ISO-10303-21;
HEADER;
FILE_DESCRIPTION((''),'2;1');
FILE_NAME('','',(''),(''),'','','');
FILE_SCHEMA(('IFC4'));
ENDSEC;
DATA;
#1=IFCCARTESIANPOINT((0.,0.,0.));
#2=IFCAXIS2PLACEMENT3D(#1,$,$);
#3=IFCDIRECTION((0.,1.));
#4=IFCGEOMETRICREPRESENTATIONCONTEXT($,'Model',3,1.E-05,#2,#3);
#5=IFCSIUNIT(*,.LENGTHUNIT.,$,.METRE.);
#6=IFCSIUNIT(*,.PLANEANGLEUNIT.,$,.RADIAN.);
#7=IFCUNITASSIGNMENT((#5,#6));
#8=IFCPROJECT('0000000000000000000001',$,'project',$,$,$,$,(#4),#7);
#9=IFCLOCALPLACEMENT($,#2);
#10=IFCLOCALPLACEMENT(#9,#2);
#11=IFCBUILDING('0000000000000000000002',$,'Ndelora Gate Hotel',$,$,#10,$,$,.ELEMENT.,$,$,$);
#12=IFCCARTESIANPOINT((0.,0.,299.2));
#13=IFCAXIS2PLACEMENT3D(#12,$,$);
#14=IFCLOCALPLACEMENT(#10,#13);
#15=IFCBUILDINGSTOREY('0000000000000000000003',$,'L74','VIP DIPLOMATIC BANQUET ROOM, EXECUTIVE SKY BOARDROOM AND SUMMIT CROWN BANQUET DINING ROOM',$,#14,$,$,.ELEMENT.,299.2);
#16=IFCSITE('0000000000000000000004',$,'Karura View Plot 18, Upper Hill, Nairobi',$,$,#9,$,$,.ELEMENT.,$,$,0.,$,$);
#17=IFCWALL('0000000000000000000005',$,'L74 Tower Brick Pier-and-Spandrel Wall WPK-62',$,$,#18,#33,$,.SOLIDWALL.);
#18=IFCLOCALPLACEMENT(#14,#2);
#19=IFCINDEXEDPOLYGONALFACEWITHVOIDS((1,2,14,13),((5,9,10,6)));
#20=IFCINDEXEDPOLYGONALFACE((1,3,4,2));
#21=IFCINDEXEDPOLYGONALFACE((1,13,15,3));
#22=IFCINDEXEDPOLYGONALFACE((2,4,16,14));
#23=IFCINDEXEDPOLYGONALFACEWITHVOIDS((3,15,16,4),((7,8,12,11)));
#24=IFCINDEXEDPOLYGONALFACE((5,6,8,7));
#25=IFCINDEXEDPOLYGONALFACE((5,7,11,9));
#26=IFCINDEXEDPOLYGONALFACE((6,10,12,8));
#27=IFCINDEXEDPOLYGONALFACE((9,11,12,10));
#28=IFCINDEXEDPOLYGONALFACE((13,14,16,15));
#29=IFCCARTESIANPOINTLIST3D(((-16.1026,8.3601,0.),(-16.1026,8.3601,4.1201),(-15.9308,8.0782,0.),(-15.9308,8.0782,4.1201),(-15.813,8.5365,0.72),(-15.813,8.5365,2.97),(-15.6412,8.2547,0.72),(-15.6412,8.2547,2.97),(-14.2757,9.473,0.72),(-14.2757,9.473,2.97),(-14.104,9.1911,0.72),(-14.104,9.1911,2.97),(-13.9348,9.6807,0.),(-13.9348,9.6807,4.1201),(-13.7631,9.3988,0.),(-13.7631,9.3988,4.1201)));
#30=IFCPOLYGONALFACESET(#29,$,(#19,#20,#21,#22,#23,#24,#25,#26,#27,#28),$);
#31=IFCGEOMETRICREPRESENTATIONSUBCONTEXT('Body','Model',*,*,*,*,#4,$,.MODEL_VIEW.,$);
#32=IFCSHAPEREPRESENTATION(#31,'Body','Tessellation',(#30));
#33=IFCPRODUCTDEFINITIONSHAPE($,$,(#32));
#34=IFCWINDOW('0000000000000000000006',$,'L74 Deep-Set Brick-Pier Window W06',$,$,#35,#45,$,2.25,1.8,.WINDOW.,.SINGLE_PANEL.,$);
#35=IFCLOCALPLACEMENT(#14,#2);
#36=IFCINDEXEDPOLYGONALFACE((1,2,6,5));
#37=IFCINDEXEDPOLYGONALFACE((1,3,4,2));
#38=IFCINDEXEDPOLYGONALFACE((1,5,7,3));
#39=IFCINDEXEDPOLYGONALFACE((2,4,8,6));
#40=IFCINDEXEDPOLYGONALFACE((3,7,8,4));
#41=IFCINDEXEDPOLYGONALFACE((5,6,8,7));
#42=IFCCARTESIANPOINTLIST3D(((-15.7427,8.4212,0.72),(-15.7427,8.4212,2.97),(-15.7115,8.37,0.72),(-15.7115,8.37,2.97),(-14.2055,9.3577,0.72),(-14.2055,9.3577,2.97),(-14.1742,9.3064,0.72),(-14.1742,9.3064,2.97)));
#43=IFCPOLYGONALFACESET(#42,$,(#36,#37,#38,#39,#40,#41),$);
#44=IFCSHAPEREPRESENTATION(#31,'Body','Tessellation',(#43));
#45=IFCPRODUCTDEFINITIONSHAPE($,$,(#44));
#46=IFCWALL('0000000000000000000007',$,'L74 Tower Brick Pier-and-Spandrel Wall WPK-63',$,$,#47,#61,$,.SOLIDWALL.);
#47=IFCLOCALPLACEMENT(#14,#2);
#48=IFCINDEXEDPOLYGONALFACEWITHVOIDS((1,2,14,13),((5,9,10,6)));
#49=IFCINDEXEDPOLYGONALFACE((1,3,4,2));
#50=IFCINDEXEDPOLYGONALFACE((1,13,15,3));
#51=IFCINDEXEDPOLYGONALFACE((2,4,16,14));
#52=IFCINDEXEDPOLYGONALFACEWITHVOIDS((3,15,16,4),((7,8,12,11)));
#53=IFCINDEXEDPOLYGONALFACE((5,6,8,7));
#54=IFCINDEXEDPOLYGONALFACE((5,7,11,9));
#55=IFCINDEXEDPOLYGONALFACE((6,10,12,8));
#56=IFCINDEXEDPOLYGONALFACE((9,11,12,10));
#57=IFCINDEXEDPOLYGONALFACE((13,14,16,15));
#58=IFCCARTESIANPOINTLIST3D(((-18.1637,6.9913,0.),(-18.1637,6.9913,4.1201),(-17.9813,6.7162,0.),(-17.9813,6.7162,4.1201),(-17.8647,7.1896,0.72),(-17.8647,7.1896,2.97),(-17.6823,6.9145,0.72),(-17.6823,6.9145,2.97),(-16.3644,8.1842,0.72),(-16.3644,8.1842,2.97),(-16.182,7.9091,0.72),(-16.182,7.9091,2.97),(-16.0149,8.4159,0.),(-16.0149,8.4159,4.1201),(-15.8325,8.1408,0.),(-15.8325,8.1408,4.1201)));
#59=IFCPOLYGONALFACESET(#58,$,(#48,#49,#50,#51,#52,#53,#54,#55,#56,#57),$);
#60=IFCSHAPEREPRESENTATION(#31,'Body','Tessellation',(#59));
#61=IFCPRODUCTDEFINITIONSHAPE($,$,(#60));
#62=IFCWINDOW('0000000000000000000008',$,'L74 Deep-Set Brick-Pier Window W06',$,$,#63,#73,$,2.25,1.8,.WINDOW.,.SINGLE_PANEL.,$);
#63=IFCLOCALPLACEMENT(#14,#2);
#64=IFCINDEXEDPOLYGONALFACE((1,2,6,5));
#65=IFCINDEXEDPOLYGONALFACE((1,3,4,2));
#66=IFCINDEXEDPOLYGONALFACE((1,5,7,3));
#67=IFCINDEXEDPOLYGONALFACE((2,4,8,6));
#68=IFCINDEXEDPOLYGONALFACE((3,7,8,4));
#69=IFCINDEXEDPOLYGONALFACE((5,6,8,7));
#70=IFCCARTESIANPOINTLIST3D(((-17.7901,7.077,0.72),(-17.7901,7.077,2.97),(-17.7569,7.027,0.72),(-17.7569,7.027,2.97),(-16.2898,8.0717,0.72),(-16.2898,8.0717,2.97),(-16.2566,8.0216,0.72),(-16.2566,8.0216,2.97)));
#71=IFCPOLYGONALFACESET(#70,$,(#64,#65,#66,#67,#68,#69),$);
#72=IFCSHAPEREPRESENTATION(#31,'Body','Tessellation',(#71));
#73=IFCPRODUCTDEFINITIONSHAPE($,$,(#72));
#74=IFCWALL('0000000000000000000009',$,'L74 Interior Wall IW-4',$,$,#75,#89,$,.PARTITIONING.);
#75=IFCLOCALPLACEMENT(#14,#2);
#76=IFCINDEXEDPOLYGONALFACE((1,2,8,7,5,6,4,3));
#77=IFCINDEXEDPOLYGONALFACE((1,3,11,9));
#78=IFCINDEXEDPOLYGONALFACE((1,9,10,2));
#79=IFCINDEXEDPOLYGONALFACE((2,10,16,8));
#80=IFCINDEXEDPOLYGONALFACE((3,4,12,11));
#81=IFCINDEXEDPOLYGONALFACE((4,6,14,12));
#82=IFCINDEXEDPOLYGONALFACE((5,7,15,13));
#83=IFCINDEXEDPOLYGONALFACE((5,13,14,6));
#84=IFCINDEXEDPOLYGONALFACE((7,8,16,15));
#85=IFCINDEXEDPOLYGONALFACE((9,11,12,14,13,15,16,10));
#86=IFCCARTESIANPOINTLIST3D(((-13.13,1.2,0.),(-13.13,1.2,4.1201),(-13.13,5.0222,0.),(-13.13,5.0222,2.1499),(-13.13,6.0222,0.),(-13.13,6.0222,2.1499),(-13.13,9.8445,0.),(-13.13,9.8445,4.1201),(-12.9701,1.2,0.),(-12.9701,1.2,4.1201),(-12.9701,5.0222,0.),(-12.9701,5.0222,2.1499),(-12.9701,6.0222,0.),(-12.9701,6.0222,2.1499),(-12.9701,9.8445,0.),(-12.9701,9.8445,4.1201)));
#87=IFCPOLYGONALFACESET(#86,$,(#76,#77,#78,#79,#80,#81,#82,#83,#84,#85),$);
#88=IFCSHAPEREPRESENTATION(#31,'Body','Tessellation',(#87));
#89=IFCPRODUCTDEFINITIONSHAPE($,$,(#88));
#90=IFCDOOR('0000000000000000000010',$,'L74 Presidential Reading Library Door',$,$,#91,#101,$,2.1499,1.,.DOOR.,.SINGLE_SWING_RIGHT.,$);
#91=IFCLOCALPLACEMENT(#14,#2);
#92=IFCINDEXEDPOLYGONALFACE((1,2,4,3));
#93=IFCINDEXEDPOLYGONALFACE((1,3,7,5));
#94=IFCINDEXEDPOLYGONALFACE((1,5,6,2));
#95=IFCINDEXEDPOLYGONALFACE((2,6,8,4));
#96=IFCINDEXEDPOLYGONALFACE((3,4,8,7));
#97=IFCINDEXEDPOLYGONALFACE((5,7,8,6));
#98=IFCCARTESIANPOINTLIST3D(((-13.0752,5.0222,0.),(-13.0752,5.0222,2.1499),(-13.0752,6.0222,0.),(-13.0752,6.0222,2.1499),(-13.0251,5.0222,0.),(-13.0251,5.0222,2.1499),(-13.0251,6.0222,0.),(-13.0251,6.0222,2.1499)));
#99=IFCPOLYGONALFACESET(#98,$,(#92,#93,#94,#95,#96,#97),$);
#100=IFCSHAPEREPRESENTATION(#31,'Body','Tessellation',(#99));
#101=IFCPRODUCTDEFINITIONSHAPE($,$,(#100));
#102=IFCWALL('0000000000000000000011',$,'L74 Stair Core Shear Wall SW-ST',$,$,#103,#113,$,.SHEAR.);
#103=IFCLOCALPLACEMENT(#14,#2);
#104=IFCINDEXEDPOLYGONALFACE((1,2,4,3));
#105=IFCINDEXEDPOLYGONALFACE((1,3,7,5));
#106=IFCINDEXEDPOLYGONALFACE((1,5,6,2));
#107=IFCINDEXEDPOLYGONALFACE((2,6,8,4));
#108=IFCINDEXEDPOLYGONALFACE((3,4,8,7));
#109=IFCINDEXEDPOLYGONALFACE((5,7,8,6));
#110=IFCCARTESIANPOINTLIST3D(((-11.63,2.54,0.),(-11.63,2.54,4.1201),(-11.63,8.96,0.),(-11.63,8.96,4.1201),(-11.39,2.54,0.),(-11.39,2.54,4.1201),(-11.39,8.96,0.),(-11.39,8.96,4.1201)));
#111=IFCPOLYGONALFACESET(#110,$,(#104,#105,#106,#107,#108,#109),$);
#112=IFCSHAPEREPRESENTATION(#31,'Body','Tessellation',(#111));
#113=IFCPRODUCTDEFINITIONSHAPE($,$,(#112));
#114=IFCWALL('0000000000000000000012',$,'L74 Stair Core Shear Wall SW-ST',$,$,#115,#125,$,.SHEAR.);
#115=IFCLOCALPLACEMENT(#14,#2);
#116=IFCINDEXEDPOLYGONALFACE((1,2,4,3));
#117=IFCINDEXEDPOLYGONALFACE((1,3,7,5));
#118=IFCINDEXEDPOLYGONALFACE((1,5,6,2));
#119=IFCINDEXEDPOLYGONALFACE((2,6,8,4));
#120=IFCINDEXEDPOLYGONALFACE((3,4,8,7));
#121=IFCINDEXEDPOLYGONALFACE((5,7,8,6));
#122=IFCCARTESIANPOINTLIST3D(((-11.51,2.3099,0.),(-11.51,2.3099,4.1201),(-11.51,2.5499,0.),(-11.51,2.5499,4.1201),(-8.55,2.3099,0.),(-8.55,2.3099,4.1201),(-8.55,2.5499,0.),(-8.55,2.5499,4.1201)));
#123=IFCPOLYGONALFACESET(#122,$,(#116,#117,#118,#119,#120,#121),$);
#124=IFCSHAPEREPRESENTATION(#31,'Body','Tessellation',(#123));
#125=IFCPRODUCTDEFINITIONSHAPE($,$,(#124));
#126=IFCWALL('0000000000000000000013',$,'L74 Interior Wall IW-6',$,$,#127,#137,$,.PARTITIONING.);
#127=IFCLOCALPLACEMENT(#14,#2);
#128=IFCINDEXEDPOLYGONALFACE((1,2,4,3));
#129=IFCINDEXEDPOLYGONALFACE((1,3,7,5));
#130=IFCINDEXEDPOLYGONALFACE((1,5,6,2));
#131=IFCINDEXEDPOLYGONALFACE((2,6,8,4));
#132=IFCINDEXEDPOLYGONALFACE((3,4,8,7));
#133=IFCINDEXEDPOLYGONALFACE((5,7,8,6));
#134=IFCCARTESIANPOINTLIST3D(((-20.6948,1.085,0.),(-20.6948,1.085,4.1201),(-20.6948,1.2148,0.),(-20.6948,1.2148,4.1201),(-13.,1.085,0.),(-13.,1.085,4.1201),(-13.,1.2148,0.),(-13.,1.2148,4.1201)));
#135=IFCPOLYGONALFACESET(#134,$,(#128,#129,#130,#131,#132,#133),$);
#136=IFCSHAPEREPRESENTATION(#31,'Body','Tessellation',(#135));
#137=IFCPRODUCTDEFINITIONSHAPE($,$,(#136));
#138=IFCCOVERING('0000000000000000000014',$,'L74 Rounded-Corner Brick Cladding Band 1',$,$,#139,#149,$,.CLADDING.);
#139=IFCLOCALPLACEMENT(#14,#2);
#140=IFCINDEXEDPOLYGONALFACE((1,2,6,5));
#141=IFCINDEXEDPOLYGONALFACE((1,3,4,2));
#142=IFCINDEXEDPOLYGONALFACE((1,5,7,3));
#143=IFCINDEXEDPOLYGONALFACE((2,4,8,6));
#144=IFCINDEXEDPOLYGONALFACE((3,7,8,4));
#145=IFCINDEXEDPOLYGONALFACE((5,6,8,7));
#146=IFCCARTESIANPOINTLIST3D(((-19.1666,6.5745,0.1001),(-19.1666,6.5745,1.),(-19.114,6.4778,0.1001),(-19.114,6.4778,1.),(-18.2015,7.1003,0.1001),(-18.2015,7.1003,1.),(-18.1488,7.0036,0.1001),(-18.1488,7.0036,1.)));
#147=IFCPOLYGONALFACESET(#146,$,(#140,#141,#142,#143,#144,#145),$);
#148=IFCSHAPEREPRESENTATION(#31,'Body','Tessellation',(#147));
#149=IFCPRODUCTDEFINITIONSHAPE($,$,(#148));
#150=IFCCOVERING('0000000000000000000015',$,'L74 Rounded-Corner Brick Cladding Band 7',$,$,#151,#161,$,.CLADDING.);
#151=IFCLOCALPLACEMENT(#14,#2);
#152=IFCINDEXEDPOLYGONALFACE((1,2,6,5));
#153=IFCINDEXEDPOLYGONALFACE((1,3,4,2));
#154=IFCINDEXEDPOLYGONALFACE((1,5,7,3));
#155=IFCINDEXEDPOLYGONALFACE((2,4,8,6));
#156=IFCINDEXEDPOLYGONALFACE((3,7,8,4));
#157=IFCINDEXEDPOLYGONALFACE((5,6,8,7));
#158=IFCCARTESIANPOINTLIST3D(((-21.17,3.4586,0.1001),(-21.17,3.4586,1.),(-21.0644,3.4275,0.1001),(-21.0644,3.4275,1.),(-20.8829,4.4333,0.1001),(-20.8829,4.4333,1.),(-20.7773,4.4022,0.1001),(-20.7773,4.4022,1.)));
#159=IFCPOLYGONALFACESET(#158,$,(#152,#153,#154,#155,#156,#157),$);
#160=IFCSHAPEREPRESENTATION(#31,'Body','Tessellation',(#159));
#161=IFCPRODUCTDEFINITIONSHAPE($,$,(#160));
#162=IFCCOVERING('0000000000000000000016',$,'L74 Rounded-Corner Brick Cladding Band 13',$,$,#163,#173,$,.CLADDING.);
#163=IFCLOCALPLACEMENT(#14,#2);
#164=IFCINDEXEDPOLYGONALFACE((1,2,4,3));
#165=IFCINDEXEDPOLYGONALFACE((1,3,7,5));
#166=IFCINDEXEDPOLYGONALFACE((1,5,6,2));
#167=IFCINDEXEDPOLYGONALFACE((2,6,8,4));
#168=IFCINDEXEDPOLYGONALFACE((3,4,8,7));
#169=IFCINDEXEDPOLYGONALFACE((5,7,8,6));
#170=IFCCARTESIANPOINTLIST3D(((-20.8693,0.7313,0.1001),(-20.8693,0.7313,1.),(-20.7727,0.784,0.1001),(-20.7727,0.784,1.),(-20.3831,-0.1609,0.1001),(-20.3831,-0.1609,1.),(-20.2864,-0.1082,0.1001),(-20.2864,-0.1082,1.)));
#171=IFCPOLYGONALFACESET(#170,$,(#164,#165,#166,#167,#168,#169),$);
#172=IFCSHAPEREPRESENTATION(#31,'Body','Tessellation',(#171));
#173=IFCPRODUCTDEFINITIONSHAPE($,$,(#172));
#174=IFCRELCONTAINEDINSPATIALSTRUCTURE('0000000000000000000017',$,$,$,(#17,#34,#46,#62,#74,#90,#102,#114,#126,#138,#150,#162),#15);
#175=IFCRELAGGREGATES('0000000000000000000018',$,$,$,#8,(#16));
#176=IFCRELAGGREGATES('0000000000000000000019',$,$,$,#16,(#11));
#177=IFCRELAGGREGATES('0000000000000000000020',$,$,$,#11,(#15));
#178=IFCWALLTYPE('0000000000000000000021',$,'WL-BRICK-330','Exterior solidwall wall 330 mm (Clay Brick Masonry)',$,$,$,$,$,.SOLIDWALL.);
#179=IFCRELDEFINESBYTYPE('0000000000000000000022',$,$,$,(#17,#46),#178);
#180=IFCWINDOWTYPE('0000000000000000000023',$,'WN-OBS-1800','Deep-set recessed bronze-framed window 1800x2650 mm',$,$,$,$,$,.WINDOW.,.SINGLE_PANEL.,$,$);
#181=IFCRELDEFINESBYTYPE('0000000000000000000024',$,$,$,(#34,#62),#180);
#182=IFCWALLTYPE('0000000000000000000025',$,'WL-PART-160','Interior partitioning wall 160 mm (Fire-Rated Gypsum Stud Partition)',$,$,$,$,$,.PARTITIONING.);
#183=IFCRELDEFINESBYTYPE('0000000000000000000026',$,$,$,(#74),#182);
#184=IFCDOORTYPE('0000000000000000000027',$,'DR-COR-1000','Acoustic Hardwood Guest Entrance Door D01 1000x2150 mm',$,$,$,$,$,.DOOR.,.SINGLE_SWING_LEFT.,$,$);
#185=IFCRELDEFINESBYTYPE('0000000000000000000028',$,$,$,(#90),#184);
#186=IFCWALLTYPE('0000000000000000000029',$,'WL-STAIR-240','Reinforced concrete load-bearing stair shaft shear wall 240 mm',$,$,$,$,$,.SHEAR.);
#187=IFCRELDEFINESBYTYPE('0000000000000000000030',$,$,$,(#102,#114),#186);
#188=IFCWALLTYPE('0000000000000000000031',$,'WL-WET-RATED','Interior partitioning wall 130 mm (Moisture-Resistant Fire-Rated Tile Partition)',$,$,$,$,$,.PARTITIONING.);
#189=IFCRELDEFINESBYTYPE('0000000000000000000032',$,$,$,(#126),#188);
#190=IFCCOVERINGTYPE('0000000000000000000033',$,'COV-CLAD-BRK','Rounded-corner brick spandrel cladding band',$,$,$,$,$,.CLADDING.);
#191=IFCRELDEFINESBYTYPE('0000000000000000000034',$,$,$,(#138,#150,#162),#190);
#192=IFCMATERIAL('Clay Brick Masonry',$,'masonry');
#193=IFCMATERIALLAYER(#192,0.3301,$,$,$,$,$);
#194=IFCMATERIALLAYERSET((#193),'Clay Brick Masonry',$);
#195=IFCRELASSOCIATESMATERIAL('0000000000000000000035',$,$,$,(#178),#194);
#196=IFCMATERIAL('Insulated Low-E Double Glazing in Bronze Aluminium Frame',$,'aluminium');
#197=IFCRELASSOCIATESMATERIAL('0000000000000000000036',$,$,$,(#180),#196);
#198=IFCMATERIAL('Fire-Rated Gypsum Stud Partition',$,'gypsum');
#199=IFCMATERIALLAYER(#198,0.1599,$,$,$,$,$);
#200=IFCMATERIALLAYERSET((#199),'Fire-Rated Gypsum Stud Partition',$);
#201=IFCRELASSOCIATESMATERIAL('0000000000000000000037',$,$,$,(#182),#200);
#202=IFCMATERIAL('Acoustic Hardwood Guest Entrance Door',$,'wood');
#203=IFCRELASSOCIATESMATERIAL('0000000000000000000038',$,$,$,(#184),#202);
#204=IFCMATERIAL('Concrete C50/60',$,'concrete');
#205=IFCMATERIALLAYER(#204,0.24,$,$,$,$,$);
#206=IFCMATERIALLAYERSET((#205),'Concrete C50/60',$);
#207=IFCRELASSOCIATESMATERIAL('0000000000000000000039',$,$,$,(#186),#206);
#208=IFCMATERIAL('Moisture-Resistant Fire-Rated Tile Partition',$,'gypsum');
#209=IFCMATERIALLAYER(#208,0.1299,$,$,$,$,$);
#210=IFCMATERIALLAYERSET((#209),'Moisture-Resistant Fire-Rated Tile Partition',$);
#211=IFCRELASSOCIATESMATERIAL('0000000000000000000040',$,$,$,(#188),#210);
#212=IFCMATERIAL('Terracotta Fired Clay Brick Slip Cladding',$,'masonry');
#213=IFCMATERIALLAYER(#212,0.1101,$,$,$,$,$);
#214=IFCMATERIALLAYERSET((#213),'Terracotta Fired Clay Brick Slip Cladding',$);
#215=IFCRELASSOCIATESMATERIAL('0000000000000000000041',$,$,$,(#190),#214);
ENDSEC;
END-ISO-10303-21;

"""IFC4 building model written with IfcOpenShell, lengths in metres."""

from ifc_helpers import new_model, si_unit, direction, frame, frame_2d, origin, origin_2d, place, context, subcontext, project, spatial, rectangle, extrude, material, layer, layer_set, type_object, element, fill, save


model = new_model("IFC4")

# Units and contexts
model_context = context("Model", 3, precision=1e-05, world=origin(), true_north=direction((0.0, 1.0)))
body_context = subcontext(model_context, "Body", "Model", "MODEL_VIEW")
ifc_project = project(units=[si_unit("LENGTHUNIT", "METRE"), si_unit("PLANEANGLEUNIT", "RADIAN")], contexts=[model_context])

# Site, building, storey
site_placement = place(None, origin())
site = spatial("IfcSite", under=ifc_project, at=site_placement, Name="Karura View Plot 18, Upper Hill, Nairobi", CompositionType="ELEMENT", RefElevation=0.0)
building_placement = place(site_placement, origin())
building = spatial("IfcBuilding", under=site, at=building_placement, Name="Ndelora Gate Hotel", CompositionType="ELEMENT")
storey_placement = place(building_placement, frame((0.0, 0.0, 299.2)))
storey = spatial("IfcBuildingStorey", under=building, at=storey_placement, Name="L74", Description="VIP DIPLOMATIC BANQUET ROOM, EXECUTIVE SKY BOARDROOM AND SUMMIT CROWN BANQUET DINING ROOM", CompositionType="ELEMENT", Elevation=299.2)

# Shared definitions
ifc_material_1 = material(Name="Concrete C50/60", Category="concrete")

# Shared definitions
ifc_material_2 = material(Name="Clay Brick Masonry", Category="masonry")
ifc_layer_1 = layer(ifc_material_2, 0.3301)
ifc_layer_set_1 = layer_set([ifc_layer_1], Name="Clay Brick Masonry")
wall_type_1 = type_object("IfcWallType", Name="WL-BRICK-330", Description="Exterior solidwall wall 330 mm (Clay Brick Masonry)", PredefinedType="SOLIDWALL", material=ifc_layer_set_1)

# Shared definitions
ifc_material_3 = material(Name="Insulated Low-E Double Glazing in Bronze Aluminium Frame", Category="aluminium")
window_type = type_object("IfcWindowType", Name="WN-OBS-1800", Description="Deep-set recessed bronze-framed window 1800x2650 mm", PartitioningType="SINGLE_PANEL", PredefinedType="WINDOW", material=ifc_material_3)

# Walls, openings, windows
wall_1_placement = place(storey_placement, frame((-16.0166, 8.2192, 0.0), z_axis=(0.0, 0.0, 1.0), x_axis=(0.854011, 0.520255, 0.0)))
wall_1 = element("IfcWall", 1, at=wall_1_placement, inside=storey, type_object=wall_type_1, Name="L74 Tower Brick Pier-and-Spandrel Wall WPK-62", PredefinedType="SOLIDWALL", context=body_context, shape_type="SweptSolid", body=[
    extrude(rectangle(XDim=2.5383, YDim=0.3301, at=frame_2d((1.269, 0.0))), origin(), (0.0, 0.0, 1.0), 4.1201),
])
opening_1_placement = place(wall_1_placement, frame((0.3391, 0.0, 0.72)))
opening_1 = element("IfcOpeningElement", 2, at=opening_1_placement, cuts=wall_1, PredefinedType="OPENING", context=body_context, shape_type="SweptSolid", body=[
    extrude(rectangle(XDim=1.8, YDim=2.25, at=frame_2d((0.8999, 1.125))), frame((0.0, 0.175, 0.0), z_axis=(0.0, -1.0, 0.0), x_axis=(1.0, 0.0, 0.0)), (0.0, 0.0, 1.0), 0.3501),
])
window_1_placement = place(opening_1_placement, origin())
window_1 = element("IfcWindow", 3, at=window_1_placement, inside=storey, type_object=window_type, Name="L74 Deep-Set Brick-Pier Window W06", OverallHeight=2.25, OverallWidth=1.8, PartitioningType="SINGLE_PANEL", PredefinedType="WINDOW", context=body_context, shape_type="SweptSolid", body=[
    extrude(rectangle(XDim=1.8, YDim=2.25, at=frame_2d((0.8999, 1.125))), frame((0.0, 0.03, 0.0), z_axis=(0.0, -1.0, 0.0), x_axis=(1.0, 0.0, 0.0)), (0.0, 0.0, 1.0), 0.0601),
])
fill(opening_1, window_1)
wall_2_placement = place(storey_placement, frame((-18.0725, 6.8538, 0.0), z_axis=(0.0, 0.0, 1.0), x_axis=(0.833461, 0.552579, 0.0)))
wall_2 = element("IfcWall", 4, at=wall_2_placement, inside=storey, type_object=wall_type_1, Name="L74 Tower Brick Pier-and-Spandrel Wall WPK-63", PredefinedType="SOLIDWALL", context=body_context, shape_type="SweptSolid", body=[
    extrude(rectangle(XDim=2.5781, YDim=0.3301, at=frame_2d((1.2891, 0.0))), origin(), (0.0, 0.0, 1.0), 4.1201),
])
opening_2_placement = place(wall_2_placement, frame((0.3589, 0.0, 0.72)))
opening_2 = element("IfcOpeningElement", 5, at=opening_2_placement, cuts=wall_2, PredefinedType="OPENING", context=body_context, shape_type="SweptSolid", body=[
    extrude(rectangle(XDim=1.8, YDim=2.25, at=frame_2d((0.8999, 1.125))), frame((0.0, 0.175, 0.0), z_axis=(0.0, -1.0, 0.0), x_axis=(1.0, 0.0, 0.0)), (0.0, 0.0, 1.0), 0.3501),
])
window_2_placement = place(opening_2_placement, origin())
window_2 = element("IfcWindow", 6, at=window_2_placement, inside=storey, type_object=window_type, Name="L74 Deep-Set Brick-Pier Window W06", OverallHeight=2.25, OverallWidth=1.8, PartitioningType="SINGLE_PANEL", PredefinedType="WINDOW", context=body_context, shape_type="SweptSolid", body=[
    extrude(rectangle(XDim=1.8, YDim=2.25, at=frame_2d((0.8999, 1.125))), frame((0.0, 0.03, 0.0), z_axis=(0.0, -1.0, 0.0), x_axis=(1.0, 0.0, 0.0)), (0.0, 0.0, 1.0), 0.0601),
])
fill(opening_2, window_2)

# Wall, opening, door
ifc_material_4 = material(Name="Fire-Rated Gypsum Stud Partition", Category="gypsum")
ifc_layer_2 = layer(ifc_material_4, 0.1599)
ifc_layer_set_2 = layer_set([ifc_layer_2], Name="Fire-Rated Gypsum Stud Partition")
wall_type_2 = type_object("IfcWallType", Name="WL-PART-160", Description="Interior partitioning wall 160 mm (Fire-Rated Gypsum Stud Partition)", PredefinedType="PARTITIONING", material=ifc_layer_set_2)
wall_3_placement = place(storey_placement, frame((-13.05, 9.8445, 0.0), z_axis=(0.0, 0.0, 1.0), x_axis=(0.0, -1.0, 0.0)))
wall_3 = element("IfcWall", 7, at=wall_3_placement, inside=storey, type_object=wall_type_2, Name="L74 Interior Wall IW-4", PredefinedType="PARTITIONING", context=body_context, shape_type="SweptSolid", body=[
    extrude(rectangle(XDim=8.6445, YDim=0.1599, at=frame_2d((4.3223, 0.0))), origin(), (0.0, 0.0, 1.0), 4.1201),
])
opening_3_placement = place(wall_3_placement, frame((3.8223, 0.0, 0.0)))
opening_3 = element("IfcOpeningElement", 8, at=opening_3_placement, cuts=wall_3, PredefinedType="OPENING", context=body_context, shape_type="SweptSolid", body=[
    extrude(rectangle(XDim=1.0, YDim=2.1499, at=frame_2d((0.5, 1.075))), frame((0.0, 0.0898, 0.0), z_axis=(0.0, -1.0, 0.0), x_axis=(1.0, 0.0, 0.0)), (0.0, 0.0, 1.0), 0.1799),
])
ifc_material_5 = material(Name="Acoustic Hardwood Guest Entrance Door", Category="wood")
door_type = type_object("IfcDoorType", Name="DR-COR-1000", Description="Acoustic Hardwood Guest Entrance Door D01 1000x2150 mm", OperationType="SINGLE_SWING_LEFT", PredefinedType="DOOR", material=ifc_material_5)
door_1_placement = place(opening_3_placement, origin())
door_1 = element("IfcDoor", 9, at=door_1_placement, inside=storey, type_object=door_type, Name="L74 Presidential Reading Library Door", OperationType="SINGLE_SWING_RIGHT", OverallHeight=2.1499, OverallWidth=1.0, PredefinedType="DOOR", context=body_context, shape_type="SweptSolid", body=[
    extrude(rectangle(XDim=1.0, YDim=2.1499, at=frame_2d((0.5, 1.075))), frame((0.0, 0.0249, 0.0), z_axis=(0.0, -1.0, 0.0), x_axis=(1.0, 0.0, 0.0)), (0.0, 0.0, 1.0), 0.05),
])
fill(opening_3, door_1)

# Walls
ifc_layer_3 = layer(ifc_material_1, 0.24)
ifc_layer_set_3 = layer_set([ifc_layer_3], Name="Concrete C50/60")
wall_type_3 = type_object("IfcWallType", Name="WL-STAIR-240", Description="Reinforced concrete load-bearing stair shaft shear wall 240 mm", PredefinedType="SHEAR", material=ifc_layer_set_3)
wall_4_placement = place(storey_placement, frame((-11.51, 2.54, 0.0), z_axis=(0.0, 0.0, 1.0), x_axis=(0.0, 1.0, 0.0)))
element("IfcWall", 10, at=wall_4_placement, inside=storey, type_object=wall_type_3, Name="L74 Stair Core Shear Wall SW-ST", PredefinedType="SHEAR", context=body_context, shape_type="SweptSolid", body=[
    extrude(rectangle(XDim=6.4199, YDim=0.24, at=frame_2d((3.21, 0.0))), origin(), (0.0, 0.0, 1.0), 4.1201),
])
wall_5_placement = place(storey_placement, frame((-11.51, 2.4299, 0.0), z_axis=(0.0, 0.0, 1.0), x_axis=(1.0, 0.0, 0.0)))
element("IfcWall", 11, at=wall_5_placement, inside=storey, type_object=wall_type_3, Name="L74 Stair Core Shear Wall SW-ST", PredefinedType="SHEAR", context=body_context, shape_type="SweptSolid", body=[
    extrude(rectangle(XDim=2.96, YDim=0.24, at=frame_2d((1.48, 0.0))), origin(), (0.0, 0.0, 1.0), 4.1201),
])
ifc_material_6 = material(Name="Moisture-Resistant Fire-Rated Tile Partition", Category="gypsum")
ifc_layer_4 = layer(ifc_material_6, 0.1299)
ifc_layer_set_4 = layer_set([ifc_layer_4], Name="Moisture-Resistant Fire-Rated Tile Partition")
wall_type_4 = type_object("IfcWallType", Name="WL-WET-RATED", Description="Interior partitioning wall 130 mm (Moisture-Resistant Fire-Rated Tile Partition)", PredefinedType="PARTITIONING", material=ifc_layer_set_4)
wall_6_placement = place(storey_placement, frame((-20.6948, 1.1499, 0.0), z_axis=(0.0, 0.0, 1.0), x_axis=(1.0, 0.0, 0.0)))
element("IfcWall", 12, at=wall_6_placement, inside=storey, type_object=wall_type_4, Name="L74 Interior Wall IW-6", PredefinedType="PARTITIONING", context=body_context, shape_type="SweptSolid", body=[
    extrude(rectangle(XDim=7.6948, YDim=0.1299, at=frame_2d((3.8474, 0.0))), origin(), (0.0, 0.0, 1.0), 4.1201),
])

# Coverings
ifc_material_7 = material(Name="Terracotta Fired Clay Brick Slip Cladding", Category="masonry")
ifc_layer_5 = layer(ifc_material_7, 0.1101)
ifc_layer_set_5 = layer_set([ifc_layer_5], Name="Terracotta Fired Clay Brick Slip Cladding")
covering_type_1 = type_object("IfcCoveringType", Name="COV-CLAD-BRK", Description="Rounded-corner brick spandrel cladding band", PredefinedType="CLADDING", material=ifc_layer_set_5)
covering_1_placement = place(storey_placement, frame((-18.6577, 6.7891, 0.1001), z_axis=(0.0, 0.0, 1.0), x_axis=(0.87815, 0.478385, 0.0)))
element("IfcCovering", 13, at=covering_1_placement, inside=storey, type_object=covering_type_1, Name="L74 Rounded-Corner Brick Cladding Band 1", PredefinedType="CLADDING", context=body_context, shape_type="SweptSolid", body=[
    extrude(rectangle(XDim=1.0991, YDim=0.1101, at=origin_2d()), origin(), (0.0, 0.0, 1.0), 0.8999),
])
for number, where, z_axis, x_axis, name in (
    (14, (-20.9736, 3.9304, 0.1001), (0.0, 0.0, 1.0), (0.282509, 0.959265, 0.0), "L74 Rounded-Corner Brick Cladding Band 7"),
    (15, (-20.5779, 0.3115, 0.1001), (0.0, 0.0, 1.0), (-0.478539, 0.878067, 0.0), "L74 Rounded-Corner Brick Cladding Band 13"),
):
    element("IfcCovering", number, at=place(storey_placement, frame(where, z_axis=z_axis, x_axis=x_axis)), inside=storey, type_object=covering_type_1, Name=name, PredefinedType="CLADDING", context=body_context, shape_type="SweptSolid", body=[
        extrude(rectangle(XDim=1.0161, YDim=0.1101, at=origin_2d()), origin(), (0.0, 0.0, 1.0), 0.8999),
    ])

save(model, "model.ifc")
